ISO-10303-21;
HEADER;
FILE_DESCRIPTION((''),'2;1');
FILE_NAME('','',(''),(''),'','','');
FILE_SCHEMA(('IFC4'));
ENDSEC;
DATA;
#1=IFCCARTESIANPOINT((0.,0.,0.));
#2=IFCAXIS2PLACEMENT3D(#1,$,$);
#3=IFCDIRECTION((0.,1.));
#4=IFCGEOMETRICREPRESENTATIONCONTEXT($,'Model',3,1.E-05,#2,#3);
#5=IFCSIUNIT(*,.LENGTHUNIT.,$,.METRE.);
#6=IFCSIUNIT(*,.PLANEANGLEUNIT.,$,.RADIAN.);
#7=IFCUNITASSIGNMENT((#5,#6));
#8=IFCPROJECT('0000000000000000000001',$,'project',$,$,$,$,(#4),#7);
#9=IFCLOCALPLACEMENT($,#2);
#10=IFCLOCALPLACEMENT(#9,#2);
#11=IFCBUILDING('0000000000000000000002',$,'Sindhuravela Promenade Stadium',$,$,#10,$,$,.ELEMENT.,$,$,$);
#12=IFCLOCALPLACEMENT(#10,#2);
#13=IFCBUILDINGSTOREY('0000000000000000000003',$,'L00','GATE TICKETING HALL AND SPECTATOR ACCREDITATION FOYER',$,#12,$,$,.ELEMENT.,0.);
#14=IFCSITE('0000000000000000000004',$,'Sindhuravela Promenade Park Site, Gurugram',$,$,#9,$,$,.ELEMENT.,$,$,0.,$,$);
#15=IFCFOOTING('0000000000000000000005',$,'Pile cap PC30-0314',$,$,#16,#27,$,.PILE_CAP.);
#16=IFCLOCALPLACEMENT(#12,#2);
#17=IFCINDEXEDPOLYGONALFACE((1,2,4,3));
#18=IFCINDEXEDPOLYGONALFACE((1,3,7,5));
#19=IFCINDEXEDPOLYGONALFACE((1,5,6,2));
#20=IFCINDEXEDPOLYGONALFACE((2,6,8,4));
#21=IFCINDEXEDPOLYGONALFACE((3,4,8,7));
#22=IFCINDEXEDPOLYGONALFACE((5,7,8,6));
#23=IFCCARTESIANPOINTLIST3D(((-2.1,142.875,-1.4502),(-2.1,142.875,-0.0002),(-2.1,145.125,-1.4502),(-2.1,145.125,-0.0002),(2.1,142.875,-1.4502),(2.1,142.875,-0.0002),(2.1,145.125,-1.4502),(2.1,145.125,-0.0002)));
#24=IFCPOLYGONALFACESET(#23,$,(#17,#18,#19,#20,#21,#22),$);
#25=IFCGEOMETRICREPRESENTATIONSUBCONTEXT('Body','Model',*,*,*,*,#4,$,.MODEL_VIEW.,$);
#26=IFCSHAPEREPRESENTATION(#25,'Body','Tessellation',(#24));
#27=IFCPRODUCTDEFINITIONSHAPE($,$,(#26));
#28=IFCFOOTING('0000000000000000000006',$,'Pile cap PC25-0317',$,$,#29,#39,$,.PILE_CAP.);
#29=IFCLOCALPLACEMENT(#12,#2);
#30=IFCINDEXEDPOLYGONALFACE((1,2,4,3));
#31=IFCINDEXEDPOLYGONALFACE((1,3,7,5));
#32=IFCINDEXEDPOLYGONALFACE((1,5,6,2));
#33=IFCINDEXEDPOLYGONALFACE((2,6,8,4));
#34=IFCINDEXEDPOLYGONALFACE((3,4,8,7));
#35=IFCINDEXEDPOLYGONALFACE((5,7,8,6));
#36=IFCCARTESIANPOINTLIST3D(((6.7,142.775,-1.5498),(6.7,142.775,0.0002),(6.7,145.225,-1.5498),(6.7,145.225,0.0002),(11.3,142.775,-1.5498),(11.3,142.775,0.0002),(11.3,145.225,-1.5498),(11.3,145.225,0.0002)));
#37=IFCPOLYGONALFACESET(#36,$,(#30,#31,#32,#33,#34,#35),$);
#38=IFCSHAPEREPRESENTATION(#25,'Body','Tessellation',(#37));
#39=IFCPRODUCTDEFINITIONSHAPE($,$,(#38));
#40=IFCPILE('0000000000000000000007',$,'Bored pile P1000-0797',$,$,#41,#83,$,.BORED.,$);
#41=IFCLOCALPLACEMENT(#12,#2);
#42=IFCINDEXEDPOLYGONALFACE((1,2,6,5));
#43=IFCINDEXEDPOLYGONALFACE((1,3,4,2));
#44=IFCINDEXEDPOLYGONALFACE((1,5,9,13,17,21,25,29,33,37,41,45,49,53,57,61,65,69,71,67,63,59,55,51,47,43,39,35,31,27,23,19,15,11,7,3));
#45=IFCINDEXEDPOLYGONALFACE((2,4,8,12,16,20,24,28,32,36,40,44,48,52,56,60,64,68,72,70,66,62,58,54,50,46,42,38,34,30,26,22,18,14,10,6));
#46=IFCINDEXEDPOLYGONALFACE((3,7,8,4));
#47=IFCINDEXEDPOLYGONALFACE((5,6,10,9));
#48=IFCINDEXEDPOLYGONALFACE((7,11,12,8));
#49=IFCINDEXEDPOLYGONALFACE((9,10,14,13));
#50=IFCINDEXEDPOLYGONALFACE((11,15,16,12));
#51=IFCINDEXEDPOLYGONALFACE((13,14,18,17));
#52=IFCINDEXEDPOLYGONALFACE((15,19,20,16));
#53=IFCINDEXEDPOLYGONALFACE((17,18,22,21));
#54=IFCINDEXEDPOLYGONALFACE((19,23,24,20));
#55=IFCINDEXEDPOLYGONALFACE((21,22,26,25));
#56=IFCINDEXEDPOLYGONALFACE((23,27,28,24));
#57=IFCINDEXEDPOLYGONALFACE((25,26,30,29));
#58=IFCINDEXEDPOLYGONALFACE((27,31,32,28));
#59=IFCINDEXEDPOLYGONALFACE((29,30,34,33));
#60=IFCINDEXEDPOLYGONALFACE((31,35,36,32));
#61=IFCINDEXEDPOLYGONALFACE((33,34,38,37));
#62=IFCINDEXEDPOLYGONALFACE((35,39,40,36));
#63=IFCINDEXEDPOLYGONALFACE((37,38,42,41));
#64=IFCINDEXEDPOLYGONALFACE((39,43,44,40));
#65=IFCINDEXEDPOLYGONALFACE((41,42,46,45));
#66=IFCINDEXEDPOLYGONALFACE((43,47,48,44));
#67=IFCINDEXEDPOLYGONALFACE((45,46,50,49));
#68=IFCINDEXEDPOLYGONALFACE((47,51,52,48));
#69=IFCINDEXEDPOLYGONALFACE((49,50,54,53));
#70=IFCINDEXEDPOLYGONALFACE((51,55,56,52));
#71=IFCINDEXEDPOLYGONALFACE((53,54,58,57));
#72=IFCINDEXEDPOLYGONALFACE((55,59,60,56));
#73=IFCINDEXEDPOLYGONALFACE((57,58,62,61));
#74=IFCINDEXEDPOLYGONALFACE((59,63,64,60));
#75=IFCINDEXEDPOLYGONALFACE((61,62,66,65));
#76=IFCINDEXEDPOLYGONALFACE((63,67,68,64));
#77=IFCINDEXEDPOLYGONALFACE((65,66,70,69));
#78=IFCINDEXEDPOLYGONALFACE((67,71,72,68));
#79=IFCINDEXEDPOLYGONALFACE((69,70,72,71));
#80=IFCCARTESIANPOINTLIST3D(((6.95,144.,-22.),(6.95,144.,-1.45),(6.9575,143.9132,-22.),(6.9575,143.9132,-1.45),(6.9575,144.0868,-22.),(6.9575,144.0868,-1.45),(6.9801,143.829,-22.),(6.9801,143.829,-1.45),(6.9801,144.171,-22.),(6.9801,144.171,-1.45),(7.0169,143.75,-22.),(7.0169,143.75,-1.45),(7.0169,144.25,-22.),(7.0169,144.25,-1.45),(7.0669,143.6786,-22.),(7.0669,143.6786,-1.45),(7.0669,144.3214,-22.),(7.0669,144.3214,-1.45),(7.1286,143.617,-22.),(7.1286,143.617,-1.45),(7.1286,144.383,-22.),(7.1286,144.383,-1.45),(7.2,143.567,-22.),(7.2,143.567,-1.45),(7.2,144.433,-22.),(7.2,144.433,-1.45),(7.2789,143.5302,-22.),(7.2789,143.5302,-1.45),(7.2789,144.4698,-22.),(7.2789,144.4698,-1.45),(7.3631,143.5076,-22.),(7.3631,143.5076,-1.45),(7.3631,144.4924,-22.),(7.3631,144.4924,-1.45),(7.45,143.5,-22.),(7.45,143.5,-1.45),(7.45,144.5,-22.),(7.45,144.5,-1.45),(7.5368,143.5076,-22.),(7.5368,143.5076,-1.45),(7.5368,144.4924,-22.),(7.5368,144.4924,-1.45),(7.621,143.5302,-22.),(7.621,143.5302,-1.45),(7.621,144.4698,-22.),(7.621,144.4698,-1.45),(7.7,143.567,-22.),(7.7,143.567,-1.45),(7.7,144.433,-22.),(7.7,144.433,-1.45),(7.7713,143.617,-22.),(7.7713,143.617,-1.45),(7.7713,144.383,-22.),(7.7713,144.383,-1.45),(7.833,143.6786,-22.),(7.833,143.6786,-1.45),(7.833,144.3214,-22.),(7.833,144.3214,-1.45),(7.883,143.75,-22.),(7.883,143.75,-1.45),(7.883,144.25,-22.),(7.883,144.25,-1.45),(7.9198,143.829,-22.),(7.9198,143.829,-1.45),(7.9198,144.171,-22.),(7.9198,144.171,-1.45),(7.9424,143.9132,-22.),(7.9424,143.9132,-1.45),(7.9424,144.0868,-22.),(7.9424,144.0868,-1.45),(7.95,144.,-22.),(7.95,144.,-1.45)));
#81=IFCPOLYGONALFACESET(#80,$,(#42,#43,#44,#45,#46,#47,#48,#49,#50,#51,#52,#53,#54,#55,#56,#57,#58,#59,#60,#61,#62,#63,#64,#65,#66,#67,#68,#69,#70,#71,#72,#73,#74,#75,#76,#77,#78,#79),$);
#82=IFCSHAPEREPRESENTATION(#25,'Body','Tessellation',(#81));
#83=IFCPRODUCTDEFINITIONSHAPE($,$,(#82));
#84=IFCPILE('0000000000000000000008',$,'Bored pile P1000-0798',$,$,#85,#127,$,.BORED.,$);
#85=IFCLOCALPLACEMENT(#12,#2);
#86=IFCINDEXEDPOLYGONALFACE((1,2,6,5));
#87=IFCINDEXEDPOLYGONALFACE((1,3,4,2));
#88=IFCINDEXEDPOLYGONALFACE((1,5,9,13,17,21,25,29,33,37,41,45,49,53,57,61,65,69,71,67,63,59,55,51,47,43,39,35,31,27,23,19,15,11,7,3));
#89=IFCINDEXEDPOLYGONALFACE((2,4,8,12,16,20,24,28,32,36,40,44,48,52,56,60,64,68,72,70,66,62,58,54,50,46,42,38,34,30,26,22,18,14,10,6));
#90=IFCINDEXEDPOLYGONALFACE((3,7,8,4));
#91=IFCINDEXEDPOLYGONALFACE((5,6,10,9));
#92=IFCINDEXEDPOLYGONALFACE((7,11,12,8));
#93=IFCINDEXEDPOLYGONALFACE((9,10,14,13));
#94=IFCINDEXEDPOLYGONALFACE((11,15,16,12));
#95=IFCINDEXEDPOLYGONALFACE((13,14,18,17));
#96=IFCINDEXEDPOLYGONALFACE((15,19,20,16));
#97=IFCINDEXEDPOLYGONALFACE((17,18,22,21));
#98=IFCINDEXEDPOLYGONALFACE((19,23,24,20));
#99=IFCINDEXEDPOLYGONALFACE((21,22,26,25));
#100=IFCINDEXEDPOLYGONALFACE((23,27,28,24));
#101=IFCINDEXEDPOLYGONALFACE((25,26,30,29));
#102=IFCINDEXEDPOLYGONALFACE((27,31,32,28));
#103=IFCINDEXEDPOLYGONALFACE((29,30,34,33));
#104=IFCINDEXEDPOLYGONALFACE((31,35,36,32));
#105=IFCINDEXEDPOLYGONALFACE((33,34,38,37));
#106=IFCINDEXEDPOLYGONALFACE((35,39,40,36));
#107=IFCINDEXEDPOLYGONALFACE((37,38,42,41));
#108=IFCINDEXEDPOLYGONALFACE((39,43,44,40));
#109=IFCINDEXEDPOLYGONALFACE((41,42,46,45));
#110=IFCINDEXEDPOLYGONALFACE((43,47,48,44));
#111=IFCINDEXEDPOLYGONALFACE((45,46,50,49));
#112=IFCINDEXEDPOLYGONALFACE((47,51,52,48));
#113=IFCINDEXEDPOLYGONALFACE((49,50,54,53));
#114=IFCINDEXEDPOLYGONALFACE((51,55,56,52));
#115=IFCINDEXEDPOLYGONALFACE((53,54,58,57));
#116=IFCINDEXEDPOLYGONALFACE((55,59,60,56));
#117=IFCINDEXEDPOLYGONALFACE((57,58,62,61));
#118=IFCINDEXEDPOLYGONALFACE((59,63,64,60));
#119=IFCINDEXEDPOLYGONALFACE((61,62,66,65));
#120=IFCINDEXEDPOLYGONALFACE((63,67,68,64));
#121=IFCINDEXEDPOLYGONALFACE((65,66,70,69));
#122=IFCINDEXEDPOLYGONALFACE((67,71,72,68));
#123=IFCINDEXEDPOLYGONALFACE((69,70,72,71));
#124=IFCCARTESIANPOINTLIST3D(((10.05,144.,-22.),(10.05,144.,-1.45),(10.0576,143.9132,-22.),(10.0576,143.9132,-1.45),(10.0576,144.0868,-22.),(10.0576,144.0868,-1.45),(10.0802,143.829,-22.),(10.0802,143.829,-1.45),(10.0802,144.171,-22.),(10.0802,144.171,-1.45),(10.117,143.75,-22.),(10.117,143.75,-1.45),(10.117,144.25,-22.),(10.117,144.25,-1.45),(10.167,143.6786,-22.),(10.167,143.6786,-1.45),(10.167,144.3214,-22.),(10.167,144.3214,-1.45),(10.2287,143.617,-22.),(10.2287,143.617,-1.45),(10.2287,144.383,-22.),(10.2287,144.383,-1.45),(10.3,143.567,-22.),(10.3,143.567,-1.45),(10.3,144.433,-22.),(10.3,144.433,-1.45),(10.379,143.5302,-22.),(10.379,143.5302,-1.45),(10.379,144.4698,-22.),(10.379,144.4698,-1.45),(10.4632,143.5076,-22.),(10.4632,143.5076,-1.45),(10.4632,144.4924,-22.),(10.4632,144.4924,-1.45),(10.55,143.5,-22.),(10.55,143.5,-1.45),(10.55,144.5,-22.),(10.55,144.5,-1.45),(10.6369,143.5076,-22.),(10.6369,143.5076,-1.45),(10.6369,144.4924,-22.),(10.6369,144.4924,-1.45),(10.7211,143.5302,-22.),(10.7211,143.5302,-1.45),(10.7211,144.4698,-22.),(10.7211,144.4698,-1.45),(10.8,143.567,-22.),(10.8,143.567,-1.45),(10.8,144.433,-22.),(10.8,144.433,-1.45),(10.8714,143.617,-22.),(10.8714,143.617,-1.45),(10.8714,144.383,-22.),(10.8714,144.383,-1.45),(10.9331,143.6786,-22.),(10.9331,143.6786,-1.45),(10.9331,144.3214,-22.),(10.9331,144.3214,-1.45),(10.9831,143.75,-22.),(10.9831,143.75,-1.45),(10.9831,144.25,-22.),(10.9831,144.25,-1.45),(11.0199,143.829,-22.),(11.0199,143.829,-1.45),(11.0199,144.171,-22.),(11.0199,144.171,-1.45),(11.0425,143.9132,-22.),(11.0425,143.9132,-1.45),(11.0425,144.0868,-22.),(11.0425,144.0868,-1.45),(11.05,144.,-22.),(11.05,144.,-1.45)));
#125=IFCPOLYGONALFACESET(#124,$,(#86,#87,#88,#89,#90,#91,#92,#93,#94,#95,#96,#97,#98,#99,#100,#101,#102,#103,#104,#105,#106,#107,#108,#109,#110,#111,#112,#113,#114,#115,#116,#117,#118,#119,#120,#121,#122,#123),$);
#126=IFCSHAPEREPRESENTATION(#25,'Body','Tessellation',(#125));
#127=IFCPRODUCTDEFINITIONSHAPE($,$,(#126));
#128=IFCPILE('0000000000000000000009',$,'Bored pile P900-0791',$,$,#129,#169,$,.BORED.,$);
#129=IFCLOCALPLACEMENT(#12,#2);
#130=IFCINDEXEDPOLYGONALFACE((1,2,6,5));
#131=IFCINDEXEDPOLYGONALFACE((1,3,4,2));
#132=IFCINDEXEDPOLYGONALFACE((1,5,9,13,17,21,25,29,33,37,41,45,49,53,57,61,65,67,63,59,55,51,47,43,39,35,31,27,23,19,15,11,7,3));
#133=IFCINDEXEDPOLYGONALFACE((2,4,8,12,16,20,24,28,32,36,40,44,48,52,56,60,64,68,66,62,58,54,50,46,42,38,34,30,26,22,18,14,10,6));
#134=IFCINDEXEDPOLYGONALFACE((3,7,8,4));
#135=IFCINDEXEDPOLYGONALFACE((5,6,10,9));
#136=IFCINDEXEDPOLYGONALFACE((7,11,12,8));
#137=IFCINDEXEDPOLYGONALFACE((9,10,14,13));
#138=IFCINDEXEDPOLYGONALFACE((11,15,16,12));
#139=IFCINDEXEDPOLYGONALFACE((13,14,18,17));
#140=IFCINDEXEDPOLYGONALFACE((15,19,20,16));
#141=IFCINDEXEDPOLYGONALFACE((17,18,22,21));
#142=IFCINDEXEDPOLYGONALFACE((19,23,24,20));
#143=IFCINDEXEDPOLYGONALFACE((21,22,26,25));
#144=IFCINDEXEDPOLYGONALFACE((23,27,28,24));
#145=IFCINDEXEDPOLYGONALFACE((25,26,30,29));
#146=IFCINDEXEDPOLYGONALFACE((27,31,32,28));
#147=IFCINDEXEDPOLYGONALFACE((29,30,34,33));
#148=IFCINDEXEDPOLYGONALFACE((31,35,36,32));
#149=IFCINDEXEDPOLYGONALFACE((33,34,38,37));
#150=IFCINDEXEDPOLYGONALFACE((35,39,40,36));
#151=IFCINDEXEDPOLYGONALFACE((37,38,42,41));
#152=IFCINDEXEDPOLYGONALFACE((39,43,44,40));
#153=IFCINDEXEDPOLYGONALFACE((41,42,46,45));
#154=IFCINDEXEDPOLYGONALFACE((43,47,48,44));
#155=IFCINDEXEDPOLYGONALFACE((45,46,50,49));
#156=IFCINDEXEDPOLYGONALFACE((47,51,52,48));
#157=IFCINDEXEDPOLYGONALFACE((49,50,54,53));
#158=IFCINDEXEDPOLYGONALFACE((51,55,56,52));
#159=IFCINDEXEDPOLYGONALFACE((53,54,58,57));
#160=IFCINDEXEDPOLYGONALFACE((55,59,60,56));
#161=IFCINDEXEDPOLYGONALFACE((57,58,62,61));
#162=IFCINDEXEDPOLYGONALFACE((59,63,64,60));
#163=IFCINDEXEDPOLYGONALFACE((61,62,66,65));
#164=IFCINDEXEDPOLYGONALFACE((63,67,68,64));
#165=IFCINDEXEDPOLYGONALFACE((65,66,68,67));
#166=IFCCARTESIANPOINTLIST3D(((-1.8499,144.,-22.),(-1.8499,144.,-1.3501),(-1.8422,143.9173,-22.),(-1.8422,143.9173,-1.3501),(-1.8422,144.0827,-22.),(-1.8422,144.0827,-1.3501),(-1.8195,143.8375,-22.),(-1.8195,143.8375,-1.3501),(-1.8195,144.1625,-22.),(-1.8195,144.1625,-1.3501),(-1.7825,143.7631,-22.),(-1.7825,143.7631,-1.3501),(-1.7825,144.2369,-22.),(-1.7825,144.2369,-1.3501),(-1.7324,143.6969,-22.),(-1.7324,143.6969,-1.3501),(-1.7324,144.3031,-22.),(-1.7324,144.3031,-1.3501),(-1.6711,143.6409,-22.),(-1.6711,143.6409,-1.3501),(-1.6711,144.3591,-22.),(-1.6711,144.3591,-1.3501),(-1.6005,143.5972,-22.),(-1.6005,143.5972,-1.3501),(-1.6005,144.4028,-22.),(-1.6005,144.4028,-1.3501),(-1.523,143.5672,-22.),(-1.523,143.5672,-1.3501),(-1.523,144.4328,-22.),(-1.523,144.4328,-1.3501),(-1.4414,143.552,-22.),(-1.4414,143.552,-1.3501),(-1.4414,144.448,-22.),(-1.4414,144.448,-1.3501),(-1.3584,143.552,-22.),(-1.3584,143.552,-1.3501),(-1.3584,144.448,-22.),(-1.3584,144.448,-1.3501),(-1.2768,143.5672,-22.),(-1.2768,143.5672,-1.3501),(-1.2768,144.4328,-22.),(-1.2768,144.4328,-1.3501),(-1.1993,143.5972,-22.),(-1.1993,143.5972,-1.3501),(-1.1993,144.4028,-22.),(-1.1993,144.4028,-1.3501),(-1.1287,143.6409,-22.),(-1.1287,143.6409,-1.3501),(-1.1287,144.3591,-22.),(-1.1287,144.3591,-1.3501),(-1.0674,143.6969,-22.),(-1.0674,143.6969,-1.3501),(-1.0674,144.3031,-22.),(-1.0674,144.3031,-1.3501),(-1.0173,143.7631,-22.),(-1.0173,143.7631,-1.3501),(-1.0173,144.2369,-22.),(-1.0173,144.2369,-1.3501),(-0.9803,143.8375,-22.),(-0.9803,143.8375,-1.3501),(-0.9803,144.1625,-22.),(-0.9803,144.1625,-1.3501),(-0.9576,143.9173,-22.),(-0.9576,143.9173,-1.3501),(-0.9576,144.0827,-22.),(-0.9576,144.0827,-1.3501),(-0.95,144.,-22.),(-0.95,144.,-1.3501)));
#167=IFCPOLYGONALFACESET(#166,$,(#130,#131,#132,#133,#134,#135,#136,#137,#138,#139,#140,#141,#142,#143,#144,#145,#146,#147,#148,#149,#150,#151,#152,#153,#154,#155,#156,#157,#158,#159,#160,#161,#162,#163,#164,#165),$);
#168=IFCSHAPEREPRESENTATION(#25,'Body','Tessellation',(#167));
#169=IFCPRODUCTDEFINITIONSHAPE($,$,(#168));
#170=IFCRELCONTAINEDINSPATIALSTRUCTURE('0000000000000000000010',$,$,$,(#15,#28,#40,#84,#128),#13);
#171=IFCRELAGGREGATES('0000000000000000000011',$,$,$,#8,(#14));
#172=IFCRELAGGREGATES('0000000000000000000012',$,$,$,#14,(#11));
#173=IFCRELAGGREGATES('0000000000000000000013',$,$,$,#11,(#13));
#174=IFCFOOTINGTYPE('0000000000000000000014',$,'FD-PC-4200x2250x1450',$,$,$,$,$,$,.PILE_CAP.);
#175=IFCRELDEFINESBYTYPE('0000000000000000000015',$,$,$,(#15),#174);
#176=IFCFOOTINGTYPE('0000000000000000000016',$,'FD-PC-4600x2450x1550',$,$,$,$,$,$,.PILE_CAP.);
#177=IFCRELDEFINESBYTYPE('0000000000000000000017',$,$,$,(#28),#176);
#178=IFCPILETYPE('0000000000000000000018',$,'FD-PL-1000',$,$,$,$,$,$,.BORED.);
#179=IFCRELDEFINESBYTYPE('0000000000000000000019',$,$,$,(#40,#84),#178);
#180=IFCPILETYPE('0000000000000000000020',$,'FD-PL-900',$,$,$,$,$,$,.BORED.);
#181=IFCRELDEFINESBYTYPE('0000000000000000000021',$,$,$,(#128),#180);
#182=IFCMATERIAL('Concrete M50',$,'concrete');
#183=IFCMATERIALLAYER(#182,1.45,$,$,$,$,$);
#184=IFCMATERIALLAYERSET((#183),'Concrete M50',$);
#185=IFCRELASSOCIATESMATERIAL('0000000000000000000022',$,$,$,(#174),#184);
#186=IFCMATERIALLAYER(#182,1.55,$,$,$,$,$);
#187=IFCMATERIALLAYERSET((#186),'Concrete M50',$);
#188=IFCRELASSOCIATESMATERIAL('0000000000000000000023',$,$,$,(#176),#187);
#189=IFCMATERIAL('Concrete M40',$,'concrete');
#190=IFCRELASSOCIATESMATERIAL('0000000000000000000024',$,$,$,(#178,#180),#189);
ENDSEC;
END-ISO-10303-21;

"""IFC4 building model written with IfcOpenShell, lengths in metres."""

from ifc_helpers import new_model, si_unit, direction, frame, origin, origin_2d, place, context, subcontext, project, spatial, rectangle, circle, extrude, material, layer, layer_set, material_profile, profile_set, type_object, element, save


model = new_model("IFC4")

# Units and contexts
model_context = context("Model", 3, precision=1e-05, world=origin(), true_north=direction((0.0, 1.0)))
body_context = subcontext(model_context, "Body", "Model", "MODEL_VIEW")
ifc_project = project(units=[si_unit("LENGTHUNIT", "METRE"), si_unit("PLANEANGLEUNIT", "RADIAN")], contexts=[model_context])

# Site, building, storey
site_placement = place(None, origin())
site = spatial("IfcSite", under=ifc_project, at=site_placement, Name="Sindhuravela Promenade Park Site, Gurugram", CompositionType="ELEMENT", RefElevation=0.0)
building_placement = place(site_placement, origin())
building = spatial("IfcBuilding", under=site, at=building_placement, Name="Sindhuravela Promenade Stadium", CompositionType="ELEMENT")
storey_placement = place(building_placement, origin())
storey = spatial("IfcBuildingStorey", under=building, at=storey_placement, Name="L00", Description="GATE TICKETING HALL AND SPECTATOR ACCREDITATION FOYER", CompositionType="ELEMENT", Elevation=0.0)

# Footings
ifc_material_1 = material(Name="Concrete M50", Category="concrete")
ifc_layer_1 = layer(ifc_material_1, 1.45)
ifc_layer_set_1 = layer_set([ifc_layer_1], Name="Concrete M50")
footing_type_1 = type_object("IfcFootingType", Name="FD-PC-4200x2250x1450", PredefinedType="PILE_CAP", material=ifc_layer_set_1)
footing_1_placement = place(storey_placement, frame((0.0, 144.0, -1.4502), z_axis=(0.0, 0.0, 1.0), x_axis=(1.0, 0.0, 0.0)))
element("IfcFooting", 1, at=footing_1_placement, inside=storey, type_object=footing_type_1, Name="Pile cap PC30-0314", PredefinedType="PILE_CAP", context=body_context, shape_type="SweptSolid", body=[
    extrude(rectangle(XDim=4.2, YDim=2.25, at=origin_2d()), origin(), (0.0, 0.0, 1.0), 1.45),
])
ifc_layer_2 = layer(ifc_material_1, 1.55)
ifc_layer_set_2 = layer_set([ifc_layer_2], Name="Concrete M50")
footing_type_2 = type_object("IfcFootingType", Name="FD-PC-4600x2450x1550", PredefinedType="PILE_CAP", material=ifc_layer_set_2)
footing_2_placement = place(storey_placement, frame((9.0, 144.0, -1.5498), z_axis=(0.0, 0.0, 1.0), x_axis=(1.0, 0.0, 0.0)))
element("IfcFooting", 2, at=footing_2_placement, inside=storey, type_object=footing_type_2, Name="Pile cap PC25-0317", PredefinedType="PILE_CAP", context=body_context, shape_type="SweptSolid", body=[
    extrude(rectangle(XDim=4.6001, YDim=2.45, at=origin_2d()), origin(), (0.0, 0.0, 1.0), 1.55),
])

# Piles
ifc_material_2 = material(Name="Concrete M40", Category="concrete")
ifc_material_profile_1 = material_profile(ifc_material_2, circle(Radius=0.5, at=origin_2d()), Name="BORED PILE D1000")
ifc_profile_set_1 = profile_set([ifc_material_profile_1], Name="Concrete M40")
pile_type_1 = type_object("IfcPileType", Name="FD-PL-1000", PredefinedType="BORED", material=ifc_profile_set_1)
for number, where, z_axis, x_axis, name in (
    (3, (7.45, 144.0, -1.45), (0.0, 0.0, -1.0), (1.0, 0.0, 0.0), "Bored pile P1000-0797"),
    (4, (10.55, 144.0, -1.45), (0.0, 0.0, -1.0), (1.0, 0.0, 0.0), "Bored pile P1000-0798"),
):
    element("IfcPile", number, at=place(storey_placement, frame(where, z_axis=z_axis, x_axis=x_axis)), inside=storey, type_object=pile_type_1, Name=name, PredefinedType="BORED", context=body_context, shape_type="SweptSolid", body=[
        extrude(circle(Radius=0.5, at=origin_2d()), origin(), (0.0, 0.0, 1.0), 20.55),
    ])
ifc_material_profile_2 = material_profile(ifc_material_2, circle(Radius=0.45, at=origin_2d()), Name="BORED PILE D900")
ifc_profile_set_2 = profile_set([ifc_material_profile_2], Name="Concrete M40")
pile_type_2 = type_object("IfcPileType", Name="FD-PL-900", PredefinedType="BORED", material=ifc_profile_set_2)
for number, where, z_axis, x_axis, name in (
    (5, (-1.3999, 144.0, -1.3501), (0.0, 0.0, -1.0), (1.0, 0.0, 0.0), "Bored pile P900-0791"),
):
    element("IfcPile", number, at=place(storey_placement, frame(where, z_axis=z_axis, x_axis=x_axis)), inside=storey, type_object=pile_type_2, Name=name, PredefinedType="BORED", context=body_context, shape_type="SweptSolid", body=[
        extrude(circle(Radius=0.45, at=origin_2d()), origin(), (0.0, 0.0, 1.0), 20.6499),
    ])

save(model, "model.ifc")
